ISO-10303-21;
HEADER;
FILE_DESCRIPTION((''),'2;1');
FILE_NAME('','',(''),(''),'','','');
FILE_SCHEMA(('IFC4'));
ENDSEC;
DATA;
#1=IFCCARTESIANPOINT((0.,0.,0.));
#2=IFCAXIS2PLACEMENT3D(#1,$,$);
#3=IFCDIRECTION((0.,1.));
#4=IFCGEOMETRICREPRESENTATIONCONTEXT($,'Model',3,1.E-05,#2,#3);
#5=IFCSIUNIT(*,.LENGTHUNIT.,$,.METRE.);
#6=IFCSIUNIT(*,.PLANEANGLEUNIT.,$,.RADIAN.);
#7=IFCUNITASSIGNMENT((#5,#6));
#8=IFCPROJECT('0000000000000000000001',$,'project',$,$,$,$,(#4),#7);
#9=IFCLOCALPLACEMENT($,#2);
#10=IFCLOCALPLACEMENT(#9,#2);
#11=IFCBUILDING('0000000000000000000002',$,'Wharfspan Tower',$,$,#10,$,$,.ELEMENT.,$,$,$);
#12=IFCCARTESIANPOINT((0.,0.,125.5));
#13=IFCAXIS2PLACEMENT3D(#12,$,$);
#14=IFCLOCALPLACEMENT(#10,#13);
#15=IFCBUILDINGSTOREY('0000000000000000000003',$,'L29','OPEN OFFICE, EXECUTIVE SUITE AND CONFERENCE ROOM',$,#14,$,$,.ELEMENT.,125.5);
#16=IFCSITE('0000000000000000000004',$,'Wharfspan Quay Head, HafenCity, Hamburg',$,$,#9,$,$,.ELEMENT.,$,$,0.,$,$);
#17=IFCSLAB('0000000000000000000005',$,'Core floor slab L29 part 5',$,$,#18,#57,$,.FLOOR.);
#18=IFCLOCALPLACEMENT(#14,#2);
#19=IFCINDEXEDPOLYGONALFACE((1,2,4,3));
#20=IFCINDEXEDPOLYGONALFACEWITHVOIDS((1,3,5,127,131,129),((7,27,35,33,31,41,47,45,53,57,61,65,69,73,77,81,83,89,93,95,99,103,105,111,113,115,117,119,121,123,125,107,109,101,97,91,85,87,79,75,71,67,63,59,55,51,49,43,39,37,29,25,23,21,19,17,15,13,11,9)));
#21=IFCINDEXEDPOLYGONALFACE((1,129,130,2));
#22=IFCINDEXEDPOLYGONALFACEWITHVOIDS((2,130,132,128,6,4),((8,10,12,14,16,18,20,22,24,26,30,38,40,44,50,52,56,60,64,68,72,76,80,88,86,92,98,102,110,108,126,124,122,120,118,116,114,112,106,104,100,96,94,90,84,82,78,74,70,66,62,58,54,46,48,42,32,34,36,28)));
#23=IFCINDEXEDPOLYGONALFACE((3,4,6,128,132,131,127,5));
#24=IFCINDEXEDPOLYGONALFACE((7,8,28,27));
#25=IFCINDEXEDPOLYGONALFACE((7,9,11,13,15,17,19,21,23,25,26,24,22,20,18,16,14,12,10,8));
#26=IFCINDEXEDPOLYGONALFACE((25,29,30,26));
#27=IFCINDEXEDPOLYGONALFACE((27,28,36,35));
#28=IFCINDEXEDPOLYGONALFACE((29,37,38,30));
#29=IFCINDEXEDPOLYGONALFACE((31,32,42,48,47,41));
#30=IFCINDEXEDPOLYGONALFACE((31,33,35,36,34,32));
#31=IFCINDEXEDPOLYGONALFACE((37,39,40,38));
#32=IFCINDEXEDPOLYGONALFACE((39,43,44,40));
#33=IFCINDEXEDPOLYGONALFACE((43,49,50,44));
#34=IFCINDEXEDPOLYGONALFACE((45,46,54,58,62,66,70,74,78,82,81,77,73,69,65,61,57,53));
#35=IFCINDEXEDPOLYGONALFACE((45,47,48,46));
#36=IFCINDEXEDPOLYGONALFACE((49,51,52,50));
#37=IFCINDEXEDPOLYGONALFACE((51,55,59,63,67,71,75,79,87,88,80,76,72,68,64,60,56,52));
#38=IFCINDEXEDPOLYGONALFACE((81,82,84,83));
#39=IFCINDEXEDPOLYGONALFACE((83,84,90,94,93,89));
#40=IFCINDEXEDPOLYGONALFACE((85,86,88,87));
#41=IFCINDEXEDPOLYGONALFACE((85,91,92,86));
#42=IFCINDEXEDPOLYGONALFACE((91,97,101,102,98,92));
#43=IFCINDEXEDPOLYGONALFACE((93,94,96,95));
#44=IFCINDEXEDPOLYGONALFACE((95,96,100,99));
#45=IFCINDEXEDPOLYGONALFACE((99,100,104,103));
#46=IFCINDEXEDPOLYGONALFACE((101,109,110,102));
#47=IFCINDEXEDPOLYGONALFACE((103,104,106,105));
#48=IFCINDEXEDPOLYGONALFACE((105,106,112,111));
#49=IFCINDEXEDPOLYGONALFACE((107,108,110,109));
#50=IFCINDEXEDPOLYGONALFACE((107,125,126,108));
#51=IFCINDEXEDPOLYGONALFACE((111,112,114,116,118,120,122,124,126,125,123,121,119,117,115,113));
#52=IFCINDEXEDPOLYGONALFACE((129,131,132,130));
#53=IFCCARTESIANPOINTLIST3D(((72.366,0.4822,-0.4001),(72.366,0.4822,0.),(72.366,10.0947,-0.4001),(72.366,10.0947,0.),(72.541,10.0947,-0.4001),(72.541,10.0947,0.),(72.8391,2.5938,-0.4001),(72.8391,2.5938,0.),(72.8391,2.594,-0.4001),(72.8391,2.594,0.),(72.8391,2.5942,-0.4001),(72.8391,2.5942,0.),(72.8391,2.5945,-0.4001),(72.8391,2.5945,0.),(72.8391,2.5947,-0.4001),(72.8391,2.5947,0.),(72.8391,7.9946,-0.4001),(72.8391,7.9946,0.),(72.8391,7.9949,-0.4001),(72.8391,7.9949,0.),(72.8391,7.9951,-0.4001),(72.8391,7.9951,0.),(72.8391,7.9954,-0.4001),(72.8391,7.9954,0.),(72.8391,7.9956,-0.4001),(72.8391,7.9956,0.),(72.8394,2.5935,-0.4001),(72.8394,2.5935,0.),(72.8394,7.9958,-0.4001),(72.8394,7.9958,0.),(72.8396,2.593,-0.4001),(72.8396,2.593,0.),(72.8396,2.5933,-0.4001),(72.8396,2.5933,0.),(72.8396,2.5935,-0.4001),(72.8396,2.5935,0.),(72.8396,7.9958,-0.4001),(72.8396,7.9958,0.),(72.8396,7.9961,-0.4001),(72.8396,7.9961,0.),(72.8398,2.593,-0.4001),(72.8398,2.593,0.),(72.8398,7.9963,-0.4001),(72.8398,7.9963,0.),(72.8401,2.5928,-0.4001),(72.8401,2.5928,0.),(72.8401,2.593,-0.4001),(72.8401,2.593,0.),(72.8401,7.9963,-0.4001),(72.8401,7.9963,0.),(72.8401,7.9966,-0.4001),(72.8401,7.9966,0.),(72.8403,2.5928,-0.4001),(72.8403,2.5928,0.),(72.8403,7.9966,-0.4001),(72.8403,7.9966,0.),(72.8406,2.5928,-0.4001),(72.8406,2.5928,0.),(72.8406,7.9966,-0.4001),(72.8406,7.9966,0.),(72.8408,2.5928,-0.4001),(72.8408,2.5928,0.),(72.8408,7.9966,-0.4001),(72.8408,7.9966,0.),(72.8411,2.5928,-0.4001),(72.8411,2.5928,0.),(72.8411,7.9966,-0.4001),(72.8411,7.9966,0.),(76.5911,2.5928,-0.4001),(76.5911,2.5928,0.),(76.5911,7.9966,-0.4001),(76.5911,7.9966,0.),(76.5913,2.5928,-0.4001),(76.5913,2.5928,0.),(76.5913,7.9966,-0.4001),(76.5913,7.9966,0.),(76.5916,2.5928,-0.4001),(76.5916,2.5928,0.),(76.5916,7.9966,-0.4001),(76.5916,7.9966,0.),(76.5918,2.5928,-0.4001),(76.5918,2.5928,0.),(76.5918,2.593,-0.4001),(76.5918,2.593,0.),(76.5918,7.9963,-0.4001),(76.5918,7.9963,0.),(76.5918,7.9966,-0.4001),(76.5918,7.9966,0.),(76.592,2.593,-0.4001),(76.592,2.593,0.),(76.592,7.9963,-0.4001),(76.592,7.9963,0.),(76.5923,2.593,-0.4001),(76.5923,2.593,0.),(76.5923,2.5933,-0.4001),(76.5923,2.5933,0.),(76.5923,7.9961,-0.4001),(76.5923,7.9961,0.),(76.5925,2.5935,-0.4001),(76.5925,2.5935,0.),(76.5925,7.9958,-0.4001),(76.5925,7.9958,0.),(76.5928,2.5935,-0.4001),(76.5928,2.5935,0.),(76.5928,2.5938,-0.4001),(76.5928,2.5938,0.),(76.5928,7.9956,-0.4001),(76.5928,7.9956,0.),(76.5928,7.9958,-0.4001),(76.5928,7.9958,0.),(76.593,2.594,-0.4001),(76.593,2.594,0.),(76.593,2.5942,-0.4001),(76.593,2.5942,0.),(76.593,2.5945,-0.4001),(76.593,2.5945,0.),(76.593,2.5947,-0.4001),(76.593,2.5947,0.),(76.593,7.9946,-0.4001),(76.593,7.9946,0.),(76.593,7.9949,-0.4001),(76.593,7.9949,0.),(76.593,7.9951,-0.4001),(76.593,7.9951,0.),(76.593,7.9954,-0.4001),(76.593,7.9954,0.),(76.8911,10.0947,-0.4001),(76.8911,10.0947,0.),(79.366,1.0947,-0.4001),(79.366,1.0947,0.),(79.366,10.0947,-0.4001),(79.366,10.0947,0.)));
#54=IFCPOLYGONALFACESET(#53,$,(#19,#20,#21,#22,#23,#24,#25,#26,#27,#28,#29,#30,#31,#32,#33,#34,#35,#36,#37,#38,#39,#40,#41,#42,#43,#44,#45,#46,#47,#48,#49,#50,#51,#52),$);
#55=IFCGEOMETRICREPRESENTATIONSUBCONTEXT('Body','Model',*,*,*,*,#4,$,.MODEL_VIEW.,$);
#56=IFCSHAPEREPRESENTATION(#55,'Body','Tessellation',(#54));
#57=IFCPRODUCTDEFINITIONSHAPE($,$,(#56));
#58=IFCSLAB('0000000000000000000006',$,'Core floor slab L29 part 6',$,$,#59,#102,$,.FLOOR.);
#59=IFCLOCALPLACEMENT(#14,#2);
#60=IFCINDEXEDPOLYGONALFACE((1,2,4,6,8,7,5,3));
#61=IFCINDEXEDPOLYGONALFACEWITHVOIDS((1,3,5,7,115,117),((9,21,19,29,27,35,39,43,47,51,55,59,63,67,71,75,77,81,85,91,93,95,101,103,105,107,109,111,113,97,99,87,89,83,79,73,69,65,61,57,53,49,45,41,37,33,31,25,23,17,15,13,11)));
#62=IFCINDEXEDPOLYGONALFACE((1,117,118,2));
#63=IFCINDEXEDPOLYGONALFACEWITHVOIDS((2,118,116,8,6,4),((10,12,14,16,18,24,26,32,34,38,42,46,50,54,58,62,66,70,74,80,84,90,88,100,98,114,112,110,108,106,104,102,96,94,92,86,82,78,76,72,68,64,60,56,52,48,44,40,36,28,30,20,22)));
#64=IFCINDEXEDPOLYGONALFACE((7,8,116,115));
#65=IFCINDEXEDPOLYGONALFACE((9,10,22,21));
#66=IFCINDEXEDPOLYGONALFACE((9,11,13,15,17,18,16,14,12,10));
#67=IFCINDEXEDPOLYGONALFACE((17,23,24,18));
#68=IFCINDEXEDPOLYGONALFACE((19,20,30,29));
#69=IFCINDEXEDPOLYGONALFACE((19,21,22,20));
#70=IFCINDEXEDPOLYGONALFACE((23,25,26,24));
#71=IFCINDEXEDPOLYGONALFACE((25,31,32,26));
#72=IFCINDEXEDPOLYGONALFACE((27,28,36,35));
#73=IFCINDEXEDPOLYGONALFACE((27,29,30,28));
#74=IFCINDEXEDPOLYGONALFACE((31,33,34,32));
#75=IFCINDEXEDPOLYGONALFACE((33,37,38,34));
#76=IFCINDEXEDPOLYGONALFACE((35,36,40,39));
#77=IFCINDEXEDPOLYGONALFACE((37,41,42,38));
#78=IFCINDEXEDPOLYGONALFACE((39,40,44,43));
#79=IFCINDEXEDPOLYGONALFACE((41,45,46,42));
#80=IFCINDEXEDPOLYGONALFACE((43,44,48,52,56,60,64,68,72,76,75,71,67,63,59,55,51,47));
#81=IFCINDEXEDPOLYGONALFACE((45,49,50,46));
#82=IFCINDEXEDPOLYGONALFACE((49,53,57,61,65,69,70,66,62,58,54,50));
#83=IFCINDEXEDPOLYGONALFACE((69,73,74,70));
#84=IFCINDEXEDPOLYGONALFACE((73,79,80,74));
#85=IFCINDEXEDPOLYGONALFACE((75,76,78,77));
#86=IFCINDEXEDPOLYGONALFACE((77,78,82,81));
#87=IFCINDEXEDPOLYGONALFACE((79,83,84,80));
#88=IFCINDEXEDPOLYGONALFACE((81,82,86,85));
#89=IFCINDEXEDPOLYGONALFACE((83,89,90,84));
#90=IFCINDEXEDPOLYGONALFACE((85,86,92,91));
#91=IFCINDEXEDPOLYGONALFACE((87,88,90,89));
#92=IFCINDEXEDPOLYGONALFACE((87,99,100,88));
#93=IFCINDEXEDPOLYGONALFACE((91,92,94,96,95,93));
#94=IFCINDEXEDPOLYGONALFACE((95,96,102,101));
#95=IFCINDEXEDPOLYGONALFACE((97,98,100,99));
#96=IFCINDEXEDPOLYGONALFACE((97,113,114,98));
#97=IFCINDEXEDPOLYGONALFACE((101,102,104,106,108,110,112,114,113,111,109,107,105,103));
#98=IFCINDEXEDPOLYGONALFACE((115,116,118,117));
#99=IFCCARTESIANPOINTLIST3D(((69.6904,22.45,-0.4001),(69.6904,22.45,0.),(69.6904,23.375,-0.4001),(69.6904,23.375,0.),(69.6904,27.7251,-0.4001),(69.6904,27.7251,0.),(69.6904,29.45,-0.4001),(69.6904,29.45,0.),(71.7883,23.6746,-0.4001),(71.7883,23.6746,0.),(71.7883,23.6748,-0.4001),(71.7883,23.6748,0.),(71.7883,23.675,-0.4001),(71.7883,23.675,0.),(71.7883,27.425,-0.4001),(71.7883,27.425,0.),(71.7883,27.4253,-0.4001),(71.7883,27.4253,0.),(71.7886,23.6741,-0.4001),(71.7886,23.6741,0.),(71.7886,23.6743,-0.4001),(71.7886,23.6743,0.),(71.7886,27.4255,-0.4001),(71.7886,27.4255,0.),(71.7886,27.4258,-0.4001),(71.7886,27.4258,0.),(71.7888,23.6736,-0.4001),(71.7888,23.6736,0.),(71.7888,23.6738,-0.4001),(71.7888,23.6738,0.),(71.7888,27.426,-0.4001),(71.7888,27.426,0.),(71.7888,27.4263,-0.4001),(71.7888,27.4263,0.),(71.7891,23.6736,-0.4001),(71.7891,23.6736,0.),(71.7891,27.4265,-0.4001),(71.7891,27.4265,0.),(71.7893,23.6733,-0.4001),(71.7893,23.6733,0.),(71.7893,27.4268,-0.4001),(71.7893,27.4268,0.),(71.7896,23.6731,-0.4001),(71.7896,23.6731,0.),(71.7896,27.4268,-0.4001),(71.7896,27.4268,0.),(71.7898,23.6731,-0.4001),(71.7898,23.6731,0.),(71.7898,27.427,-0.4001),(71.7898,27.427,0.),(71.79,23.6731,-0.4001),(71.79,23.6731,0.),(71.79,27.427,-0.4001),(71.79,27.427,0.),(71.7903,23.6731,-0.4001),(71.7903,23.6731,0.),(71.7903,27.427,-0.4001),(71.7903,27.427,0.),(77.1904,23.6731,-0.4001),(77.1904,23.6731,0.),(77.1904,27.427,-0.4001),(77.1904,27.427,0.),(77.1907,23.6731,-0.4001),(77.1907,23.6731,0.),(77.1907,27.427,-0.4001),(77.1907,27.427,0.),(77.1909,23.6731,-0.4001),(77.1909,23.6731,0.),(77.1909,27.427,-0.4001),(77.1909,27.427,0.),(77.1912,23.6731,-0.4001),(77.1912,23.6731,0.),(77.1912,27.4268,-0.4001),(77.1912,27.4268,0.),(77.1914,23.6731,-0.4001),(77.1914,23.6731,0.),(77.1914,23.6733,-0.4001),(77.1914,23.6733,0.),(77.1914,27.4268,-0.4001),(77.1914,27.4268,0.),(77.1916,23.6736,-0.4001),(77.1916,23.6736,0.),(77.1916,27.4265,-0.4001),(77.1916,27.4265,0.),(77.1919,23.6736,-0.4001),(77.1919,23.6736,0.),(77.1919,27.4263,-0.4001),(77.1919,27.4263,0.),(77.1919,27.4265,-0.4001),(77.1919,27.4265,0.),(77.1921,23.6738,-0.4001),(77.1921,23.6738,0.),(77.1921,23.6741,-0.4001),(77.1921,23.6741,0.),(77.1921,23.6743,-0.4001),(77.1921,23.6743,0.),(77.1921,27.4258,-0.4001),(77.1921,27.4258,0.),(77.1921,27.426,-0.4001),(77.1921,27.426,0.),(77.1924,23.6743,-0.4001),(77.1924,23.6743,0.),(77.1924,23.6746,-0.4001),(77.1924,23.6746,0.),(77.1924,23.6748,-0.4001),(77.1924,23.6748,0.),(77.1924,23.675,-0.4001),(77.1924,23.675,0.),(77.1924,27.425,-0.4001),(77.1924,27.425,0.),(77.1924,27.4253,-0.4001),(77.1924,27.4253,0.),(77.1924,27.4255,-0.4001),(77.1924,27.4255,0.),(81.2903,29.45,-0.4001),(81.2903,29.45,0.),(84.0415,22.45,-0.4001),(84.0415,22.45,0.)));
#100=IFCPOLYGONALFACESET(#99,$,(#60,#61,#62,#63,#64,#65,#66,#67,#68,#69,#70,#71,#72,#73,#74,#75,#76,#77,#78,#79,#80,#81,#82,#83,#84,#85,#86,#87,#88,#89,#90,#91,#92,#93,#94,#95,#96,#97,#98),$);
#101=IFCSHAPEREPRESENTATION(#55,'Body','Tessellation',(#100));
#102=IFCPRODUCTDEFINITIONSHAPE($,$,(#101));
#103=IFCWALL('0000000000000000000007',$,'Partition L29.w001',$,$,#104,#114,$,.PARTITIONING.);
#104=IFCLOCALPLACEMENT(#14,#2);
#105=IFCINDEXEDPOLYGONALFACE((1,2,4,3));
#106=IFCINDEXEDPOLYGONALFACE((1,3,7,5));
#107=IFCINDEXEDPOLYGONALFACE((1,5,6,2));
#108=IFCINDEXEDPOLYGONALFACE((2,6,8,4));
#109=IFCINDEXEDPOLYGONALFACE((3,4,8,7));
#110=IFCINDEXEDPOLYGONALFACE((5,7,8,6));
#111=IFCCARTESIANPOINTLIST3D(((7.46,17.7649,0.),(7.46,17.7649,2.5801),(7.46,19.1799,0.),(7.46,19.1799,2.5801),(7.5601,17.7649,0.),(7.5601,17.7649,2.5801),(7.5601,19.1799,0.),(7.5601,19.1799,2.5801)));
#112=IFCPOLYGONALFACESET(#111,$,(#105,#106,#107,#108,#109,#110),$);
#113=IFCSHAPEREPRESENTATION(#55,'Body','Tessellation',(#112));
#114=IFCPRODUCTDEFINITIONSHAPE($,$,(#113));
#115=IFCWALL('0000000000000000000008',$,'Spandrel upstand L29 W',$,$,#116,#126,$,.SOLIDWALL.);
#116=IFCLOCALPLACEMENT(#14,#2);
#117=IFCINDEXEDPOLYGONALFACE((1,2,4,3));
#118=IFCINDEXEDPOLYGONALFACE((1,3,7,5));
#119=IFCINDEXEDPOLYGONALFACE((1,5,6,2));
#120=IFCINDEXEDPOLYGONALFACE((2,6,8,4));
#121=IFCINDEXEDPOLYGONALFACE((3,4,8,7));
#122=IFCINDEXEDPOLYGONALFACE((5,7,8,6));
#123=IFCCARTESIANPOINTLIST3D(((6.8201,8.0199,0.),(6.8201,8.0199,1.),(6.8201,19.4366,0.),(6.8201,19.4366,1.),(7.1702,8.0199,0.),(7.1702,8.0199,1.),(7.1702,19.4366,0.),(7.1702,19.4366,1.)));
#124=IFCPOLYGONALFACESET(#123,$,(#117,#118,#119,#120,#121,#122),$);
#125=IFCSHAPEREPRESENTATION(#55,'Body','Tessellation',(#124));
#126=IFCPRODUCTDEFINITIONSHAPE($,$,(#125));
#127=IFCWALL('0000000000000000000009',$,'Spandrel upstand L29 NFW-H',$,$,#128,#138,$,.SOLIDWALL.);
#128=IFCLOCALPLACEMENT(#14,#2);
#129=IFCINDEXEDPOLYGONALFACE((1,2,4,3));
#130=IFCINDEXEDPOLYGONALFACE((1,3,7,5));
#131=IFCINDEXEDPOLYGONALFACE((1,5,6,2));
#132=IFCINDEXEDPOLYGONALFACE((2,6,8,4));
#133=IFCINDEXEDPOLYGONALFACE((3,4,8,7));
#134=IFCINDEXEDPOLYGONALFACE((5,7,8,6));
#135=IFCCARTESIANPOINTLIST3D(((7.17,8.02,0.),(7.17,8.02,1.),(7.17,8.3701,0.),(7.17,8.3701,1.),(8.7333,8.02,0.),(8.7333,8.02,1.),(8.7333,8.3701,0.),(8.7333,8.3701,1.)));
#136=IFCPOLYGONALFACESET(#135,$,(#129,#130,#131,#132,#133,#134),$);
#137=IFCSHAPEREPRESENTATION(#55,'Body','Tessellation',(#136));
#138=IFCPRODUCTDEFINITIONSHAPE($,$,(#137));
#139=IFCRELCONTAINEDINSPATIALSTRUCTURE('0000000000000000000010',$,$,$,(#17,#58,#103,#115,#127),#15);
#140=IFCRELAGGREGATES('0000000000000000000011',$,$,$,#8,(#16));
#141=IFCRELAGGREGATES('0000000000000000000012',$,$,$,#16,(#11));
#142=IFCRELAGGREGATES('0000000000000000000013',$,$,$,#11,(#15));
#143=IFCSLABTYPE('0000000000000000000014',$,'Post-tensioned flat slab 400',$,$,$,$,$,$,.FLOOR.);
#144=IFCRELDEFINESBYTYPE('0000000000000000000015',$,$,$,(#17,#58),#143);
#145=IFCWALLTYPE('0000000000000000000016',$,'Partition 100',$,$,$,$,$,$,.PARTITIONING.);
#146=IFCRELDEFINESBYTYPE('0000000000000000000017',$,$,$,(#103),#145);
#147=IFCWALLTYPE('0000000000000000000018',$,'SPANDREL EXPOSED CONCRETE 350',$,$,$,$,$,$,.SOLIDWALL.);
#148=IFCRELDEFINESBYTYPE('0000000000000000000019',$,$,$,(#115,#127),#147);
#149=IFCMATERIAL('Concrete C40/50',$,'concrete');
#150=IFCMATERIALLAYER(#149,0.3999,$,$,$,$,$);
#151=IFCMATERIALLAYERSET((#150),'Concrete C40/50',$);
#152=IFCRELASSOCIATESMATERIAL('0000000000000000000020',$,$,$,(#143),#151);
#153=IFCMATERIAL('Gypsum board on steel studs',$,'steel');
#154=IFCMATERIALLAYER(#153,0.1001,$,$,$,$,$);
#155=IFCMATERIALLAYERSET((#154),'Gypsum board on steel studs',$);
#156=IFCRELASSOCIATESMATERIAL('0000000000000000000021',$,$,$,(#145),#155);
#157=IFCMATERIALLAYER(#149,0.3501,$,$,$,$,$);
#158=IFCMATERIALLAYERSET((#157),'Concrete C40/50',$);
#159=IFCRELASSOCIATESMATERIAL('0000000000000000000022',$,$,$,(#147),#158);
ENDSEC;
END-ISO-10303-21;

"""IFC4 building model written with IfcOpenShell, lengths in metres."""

from ifc_helpers import new_model, si_unit, direction, frame, frame_2d, origin, place, context, subcontext, project, spatial, polyline, rectangle, outline, extrude, material, layer, layer_set, type_object, element, save


model = new_model("IFC4")

# Units and contexts
model_context = context("Model", 3, precision=1e-05, world=origin(), true_north=direction((0.0, 1.0)))
body_context = subcontext(model_context, "Body", "Model", "MODEL_VIEW")
ifc_project = project(units=[si_unit("LENGTHUNIT", "METRE"), si_unit("PLANEANGLEUNIT", "RADIAN")], contexts=[model_context])

# Site, building, storey
site_placement = place(None, origin())
site = spatial("IfcSite", under=ifc_project, at=site_placement, Name="Wharfspan Quay Head, HafenCity, Hamburg", CompositionType="ELEMENT", RefElevation=0.0)
building_placement = place(site_placement, origin())
building = spatial("IfcBuilding", under=site, at=building_placement, Name="Wharfspan Tower", CompositionType="ELEMENT")
storey_placement = place(building_placement, frame((0.0, 0.0, 125.5)))
storey = spatial("IfcBuildingStorey", under=building, at=storey_placement, Name="L29", Description="OPEN OFFICE, EXECUTIVE SUITE AND CONFERENCE ROOM", CompositionType="ELEMENT", Elevation=125.5)

# Slabs
ifc_material_1 = material(Name="Concrete C40/50", Category="concrete")
ifc_layer_1 = layer(ifc_material_1, 0.3999)
ifc_layer_set_1 = layer_set([ifc_layer_1], Name="Concrete C40/50")
slab_type = type_object("IfcSlabType", Name="Post-tensioned flat slab 400", PredefinedType="FLOOR", material=ifc_layer_set_1)
slab_1_placement = place(storey_placement, frame((0.0, 0.0, -0.4001)))
element("IfcSlab", 1, at=slab_1_placement, inside=storey, type_object=slab_type, Name="Core floor slab L29 part 5", PredefinedType="FLOOR", context=body_context, shape_type="SweptSolid", body=[
    extrude(outline(polyline([(79.366, 10.0947), (76.8911, 10.0947), (72.541, 10.0947), (72.366, 10.0947), (72.366, 0.4822), (79.366, 1.0947), (79.366, 10.0947)]), holes=[polyline([(76.5911, 7.9966), (76.5913, 7.9966), (76.5913, 7.9966), (76.5916, 7.9966), (76.5918, 7.9966), (76.5918, 7.9963), (76.592, 7.9963), (76.5923, 7.9961), (76.5923, 7.9961), (76.5925, 7.9958), (76.5928, 7.9958), (76.5928, 7.9956), (76.593, 7.9954), (76.593, 7.9951), (76.593, 7.9951), (76.593, 7.9949), (76.593, 7.9946), (76.593, 2.5947), (76.593, 2.5945), (76.593, 2.5942), (76.593, 2.594), (76.593, 2.594), (76.5928, 2.5938), (76.5928, 2.5935), (76.5925, 2.5935), (76.5923, 2.5933), (76.5923, 2.593), (76.592, 2.593), (76.5918, 2.593), (76.5918, 2.5928), (76.5916, 2.5928), (76.5913, 2.5928), (76.5913, 2.5928), (76.5911, 2.5928), (72.8411, 2.5928), (72.8408, 2.5928), (72.8406, 2.5928), (72.8403, 2.5928), (72.8401, 2.5928), (72.8401, 2.593), (72.8398, 2.593), (72.8396, 2.593), (72.8396, 2.5933), (72.8396, 2.5935), (72.8394, 2.5935), (72.8391, 2.5938), (72.8391, 2.594), (72.8391, 2.594), (72.8391, 2.5942), (72.8391, 2.5945), (72.8391, 2.5947), (72.8391, 7.9946), (72.8391, 7.9949), (72.8391, 7.9951), (72.8391, 7.9951), (72.8391, 7.9954), (72.8391, 7.9956), (72.8394, 7.9958), (72.8396, 7.9958), (72.8396, 7.9961), (72.8396, 7.9961), (72.8398, 7.9963), (72.8401, 7.9963), (72.8401, 7.9966), (72.8403, 7.9966), (72.8406, 7.9966), (72.8408, 7.9966), (72.8411, 7.9966), (76.5911, 7.9966)])]), origin(), (0.0, 0.0, 1.0), 0.4001),
])
slab_2_placement = place(storey_placement, frame((0.0, 0.0, -0.4001)))
element("IfcSlab", 2, at=slab_2_placement, inside=storey, type_object=slab_type, Name="Core floor slab L29 part 6", PredefinedType="FLOOR", context=body_context, shape_type="SweptSolid", body=[
    extrude(outline(polyline([(81.2903, 29.45), (69.6904, 29.45), (69.6904, 27.7251), (69.6904, 23.375), (69.6904, 22.45), (84.0415, 22.45), (81.2903, 29.45)]), holes=[polyline([(71.7903, 23.6731), (71.7903, 23.6731), (71.79, 23.6731), (71.7898, 23.6731), (71.7896, 23.6731), (71.7896, 23.6731), (71.7893, 23.6733), (71.7891, 23.6736), (71.7891, 23.6736), (71.7888, 23.6736), (71.7888, 23.6738), (71.7886, 23.6741), (71.7886, 23.6743), (71.7886, 23.6743), (71.7883, 23.6746), (71.7883, 23.6748), (71.7883, 23.675), (71.7883, 27.425), (71.7883, 27.4253), (71.7883, 27.4253), (71.7886, 27.4255), (71.7886, 27.4258), (71.7886, 27.4258), (71.7888, 27.426), (71.7888, 27.4263), (71.7891, 27.4265), (71.7891, 27.4265), (71.7893, 27.4268), (71.7896, 27.4268), (71.7896, 27.4268), (71.7898, 27.427), (71.79, 27.427), (71.7903, 27.427), (71.7903, 27.427), (77.1904, 27.427), (77.1907, 27.427), (77.1909, 27.427), (77.1909, 27.427), (77.1912, 27.4268), (77.1914, 27.4268), (77.1914, 27.4268), (77.1916, 27.4265), (77.1919, 27.4265), (77.1919, 27.4263), (77.1921, 27.426), (77.1921, 27.4258), (77.1921, 27.4258), (77.1924, 27.4255), (77.1924, 27.4253), (77.1924, 27.4253), (77.1924, 27.425), (77.1924, 23.675), (77.1924, 23.6748), (77.1924, 23.6746), (77.1924, 23.6743), (77.1921, 23.6743), (77.1921, 23.6741), (77.1921, 23.6738), (77.1919, 23.6736), (77.1919, 23.6736), (77.1916, 23.6736), (77.1914, 23.6733), (77.1914, 23.6731), (77.1912, 23.6731), (77.1909, 23.6731), (77.1909, 23.6731), (77.1907, 23.6731), (77.1904, 23.6731), (71.7903, 23.6731)])]), origin(), (0.0, 0.0, 1.0), 0.4001),
])

# Walls
ifc_material_2 = material(Name="Gypsum board on steel studs", Category="steel")
ifc_layer_2 = layer(ifc_material_2, 0.1001)
ifc_layer_set_2 = layer_set([ifc_layer_2], Name="Gypsum board on steel studs")
wall_type_1 = type_object("IfcWallType", Name="Partition 100", PredefinedType="PARTITIONING", material=ifc_layer_set_2)
wall_1_placement = place(storey_placement, frame((7.51, 17.7649, 0.0), z_axis=(0.0, 0.0, 1.0), x_axis=(0.0, 1.0, 0.0)))
element("IfcWall", 3, at=wall_1_placement, inside=storey, type_object=wall_type_1, Name="Partition L29.w001", PredefinedType="PARTITIONING", context=body_context, shape_type="SweptSolid", body=[
    extrude(rectangle(XDim=1.415, YDim=0.1001, at=frame_2d((0.7075, 0.0))), origin(), (0.0, 0.0, 1.0), 2.5801),
])
ifc_layer_3 = layer(ifc_material_1, 0.3501)
ifc_layer_set_3 = layer_set([ifc_layer_3], Name="Concrete C40/50")
wall_type_2 = type_object("IfcWallType", Name="SPANDREL EXPOSED CONCRETE 350", PredefinedType="SOLIDWALL", material=ifc_layer_set_3)
wall_2_placement = place(storey_placement, frame((6.9951, 19.4368, 0.0), z_axis=(0.0, 0.0, 1.0), x_axis=(0.0, -1.0, 0.0)))
element("IfcWall", 4, at=wall_2_placement, inside=storey, type_object=wall_type_2, Name="Spandrel upstand L29 W", PredefinedType="SOLIDWALL", context=body_context, shape_type="SweptSolid", body=[
    extrude(rectangle(XDim=11.4167, YDim=0.3501, at=frame_2d((5.7085, 0.0))), origin(), (0.0, 0.0, 1.0), 1.0),
])
wall_3_placement = place(storey_placement, frame((7.1699, 8.1951, 0.0), z_axis=(0.0, 0.0, 1.0), x_axis=(1.0, 0.0, 0.0)))
element("IfcWall", 5, at=wall_3_placement, inside=storey, type_object=wall_type_2, Name="Spandrel upstand L29 NFW-H", PredefinedType="SOLIDWALL", context=body_context, shape_type="SweptSolid", body=[
    extrude(rectangle(XDim=1.5632, YDim=0.3501, at=frame_2d((0.7817, 0.0))), origin(), (0.0, 0.0, 1.0), 1.0),
])

save(model, "model.ifc")
